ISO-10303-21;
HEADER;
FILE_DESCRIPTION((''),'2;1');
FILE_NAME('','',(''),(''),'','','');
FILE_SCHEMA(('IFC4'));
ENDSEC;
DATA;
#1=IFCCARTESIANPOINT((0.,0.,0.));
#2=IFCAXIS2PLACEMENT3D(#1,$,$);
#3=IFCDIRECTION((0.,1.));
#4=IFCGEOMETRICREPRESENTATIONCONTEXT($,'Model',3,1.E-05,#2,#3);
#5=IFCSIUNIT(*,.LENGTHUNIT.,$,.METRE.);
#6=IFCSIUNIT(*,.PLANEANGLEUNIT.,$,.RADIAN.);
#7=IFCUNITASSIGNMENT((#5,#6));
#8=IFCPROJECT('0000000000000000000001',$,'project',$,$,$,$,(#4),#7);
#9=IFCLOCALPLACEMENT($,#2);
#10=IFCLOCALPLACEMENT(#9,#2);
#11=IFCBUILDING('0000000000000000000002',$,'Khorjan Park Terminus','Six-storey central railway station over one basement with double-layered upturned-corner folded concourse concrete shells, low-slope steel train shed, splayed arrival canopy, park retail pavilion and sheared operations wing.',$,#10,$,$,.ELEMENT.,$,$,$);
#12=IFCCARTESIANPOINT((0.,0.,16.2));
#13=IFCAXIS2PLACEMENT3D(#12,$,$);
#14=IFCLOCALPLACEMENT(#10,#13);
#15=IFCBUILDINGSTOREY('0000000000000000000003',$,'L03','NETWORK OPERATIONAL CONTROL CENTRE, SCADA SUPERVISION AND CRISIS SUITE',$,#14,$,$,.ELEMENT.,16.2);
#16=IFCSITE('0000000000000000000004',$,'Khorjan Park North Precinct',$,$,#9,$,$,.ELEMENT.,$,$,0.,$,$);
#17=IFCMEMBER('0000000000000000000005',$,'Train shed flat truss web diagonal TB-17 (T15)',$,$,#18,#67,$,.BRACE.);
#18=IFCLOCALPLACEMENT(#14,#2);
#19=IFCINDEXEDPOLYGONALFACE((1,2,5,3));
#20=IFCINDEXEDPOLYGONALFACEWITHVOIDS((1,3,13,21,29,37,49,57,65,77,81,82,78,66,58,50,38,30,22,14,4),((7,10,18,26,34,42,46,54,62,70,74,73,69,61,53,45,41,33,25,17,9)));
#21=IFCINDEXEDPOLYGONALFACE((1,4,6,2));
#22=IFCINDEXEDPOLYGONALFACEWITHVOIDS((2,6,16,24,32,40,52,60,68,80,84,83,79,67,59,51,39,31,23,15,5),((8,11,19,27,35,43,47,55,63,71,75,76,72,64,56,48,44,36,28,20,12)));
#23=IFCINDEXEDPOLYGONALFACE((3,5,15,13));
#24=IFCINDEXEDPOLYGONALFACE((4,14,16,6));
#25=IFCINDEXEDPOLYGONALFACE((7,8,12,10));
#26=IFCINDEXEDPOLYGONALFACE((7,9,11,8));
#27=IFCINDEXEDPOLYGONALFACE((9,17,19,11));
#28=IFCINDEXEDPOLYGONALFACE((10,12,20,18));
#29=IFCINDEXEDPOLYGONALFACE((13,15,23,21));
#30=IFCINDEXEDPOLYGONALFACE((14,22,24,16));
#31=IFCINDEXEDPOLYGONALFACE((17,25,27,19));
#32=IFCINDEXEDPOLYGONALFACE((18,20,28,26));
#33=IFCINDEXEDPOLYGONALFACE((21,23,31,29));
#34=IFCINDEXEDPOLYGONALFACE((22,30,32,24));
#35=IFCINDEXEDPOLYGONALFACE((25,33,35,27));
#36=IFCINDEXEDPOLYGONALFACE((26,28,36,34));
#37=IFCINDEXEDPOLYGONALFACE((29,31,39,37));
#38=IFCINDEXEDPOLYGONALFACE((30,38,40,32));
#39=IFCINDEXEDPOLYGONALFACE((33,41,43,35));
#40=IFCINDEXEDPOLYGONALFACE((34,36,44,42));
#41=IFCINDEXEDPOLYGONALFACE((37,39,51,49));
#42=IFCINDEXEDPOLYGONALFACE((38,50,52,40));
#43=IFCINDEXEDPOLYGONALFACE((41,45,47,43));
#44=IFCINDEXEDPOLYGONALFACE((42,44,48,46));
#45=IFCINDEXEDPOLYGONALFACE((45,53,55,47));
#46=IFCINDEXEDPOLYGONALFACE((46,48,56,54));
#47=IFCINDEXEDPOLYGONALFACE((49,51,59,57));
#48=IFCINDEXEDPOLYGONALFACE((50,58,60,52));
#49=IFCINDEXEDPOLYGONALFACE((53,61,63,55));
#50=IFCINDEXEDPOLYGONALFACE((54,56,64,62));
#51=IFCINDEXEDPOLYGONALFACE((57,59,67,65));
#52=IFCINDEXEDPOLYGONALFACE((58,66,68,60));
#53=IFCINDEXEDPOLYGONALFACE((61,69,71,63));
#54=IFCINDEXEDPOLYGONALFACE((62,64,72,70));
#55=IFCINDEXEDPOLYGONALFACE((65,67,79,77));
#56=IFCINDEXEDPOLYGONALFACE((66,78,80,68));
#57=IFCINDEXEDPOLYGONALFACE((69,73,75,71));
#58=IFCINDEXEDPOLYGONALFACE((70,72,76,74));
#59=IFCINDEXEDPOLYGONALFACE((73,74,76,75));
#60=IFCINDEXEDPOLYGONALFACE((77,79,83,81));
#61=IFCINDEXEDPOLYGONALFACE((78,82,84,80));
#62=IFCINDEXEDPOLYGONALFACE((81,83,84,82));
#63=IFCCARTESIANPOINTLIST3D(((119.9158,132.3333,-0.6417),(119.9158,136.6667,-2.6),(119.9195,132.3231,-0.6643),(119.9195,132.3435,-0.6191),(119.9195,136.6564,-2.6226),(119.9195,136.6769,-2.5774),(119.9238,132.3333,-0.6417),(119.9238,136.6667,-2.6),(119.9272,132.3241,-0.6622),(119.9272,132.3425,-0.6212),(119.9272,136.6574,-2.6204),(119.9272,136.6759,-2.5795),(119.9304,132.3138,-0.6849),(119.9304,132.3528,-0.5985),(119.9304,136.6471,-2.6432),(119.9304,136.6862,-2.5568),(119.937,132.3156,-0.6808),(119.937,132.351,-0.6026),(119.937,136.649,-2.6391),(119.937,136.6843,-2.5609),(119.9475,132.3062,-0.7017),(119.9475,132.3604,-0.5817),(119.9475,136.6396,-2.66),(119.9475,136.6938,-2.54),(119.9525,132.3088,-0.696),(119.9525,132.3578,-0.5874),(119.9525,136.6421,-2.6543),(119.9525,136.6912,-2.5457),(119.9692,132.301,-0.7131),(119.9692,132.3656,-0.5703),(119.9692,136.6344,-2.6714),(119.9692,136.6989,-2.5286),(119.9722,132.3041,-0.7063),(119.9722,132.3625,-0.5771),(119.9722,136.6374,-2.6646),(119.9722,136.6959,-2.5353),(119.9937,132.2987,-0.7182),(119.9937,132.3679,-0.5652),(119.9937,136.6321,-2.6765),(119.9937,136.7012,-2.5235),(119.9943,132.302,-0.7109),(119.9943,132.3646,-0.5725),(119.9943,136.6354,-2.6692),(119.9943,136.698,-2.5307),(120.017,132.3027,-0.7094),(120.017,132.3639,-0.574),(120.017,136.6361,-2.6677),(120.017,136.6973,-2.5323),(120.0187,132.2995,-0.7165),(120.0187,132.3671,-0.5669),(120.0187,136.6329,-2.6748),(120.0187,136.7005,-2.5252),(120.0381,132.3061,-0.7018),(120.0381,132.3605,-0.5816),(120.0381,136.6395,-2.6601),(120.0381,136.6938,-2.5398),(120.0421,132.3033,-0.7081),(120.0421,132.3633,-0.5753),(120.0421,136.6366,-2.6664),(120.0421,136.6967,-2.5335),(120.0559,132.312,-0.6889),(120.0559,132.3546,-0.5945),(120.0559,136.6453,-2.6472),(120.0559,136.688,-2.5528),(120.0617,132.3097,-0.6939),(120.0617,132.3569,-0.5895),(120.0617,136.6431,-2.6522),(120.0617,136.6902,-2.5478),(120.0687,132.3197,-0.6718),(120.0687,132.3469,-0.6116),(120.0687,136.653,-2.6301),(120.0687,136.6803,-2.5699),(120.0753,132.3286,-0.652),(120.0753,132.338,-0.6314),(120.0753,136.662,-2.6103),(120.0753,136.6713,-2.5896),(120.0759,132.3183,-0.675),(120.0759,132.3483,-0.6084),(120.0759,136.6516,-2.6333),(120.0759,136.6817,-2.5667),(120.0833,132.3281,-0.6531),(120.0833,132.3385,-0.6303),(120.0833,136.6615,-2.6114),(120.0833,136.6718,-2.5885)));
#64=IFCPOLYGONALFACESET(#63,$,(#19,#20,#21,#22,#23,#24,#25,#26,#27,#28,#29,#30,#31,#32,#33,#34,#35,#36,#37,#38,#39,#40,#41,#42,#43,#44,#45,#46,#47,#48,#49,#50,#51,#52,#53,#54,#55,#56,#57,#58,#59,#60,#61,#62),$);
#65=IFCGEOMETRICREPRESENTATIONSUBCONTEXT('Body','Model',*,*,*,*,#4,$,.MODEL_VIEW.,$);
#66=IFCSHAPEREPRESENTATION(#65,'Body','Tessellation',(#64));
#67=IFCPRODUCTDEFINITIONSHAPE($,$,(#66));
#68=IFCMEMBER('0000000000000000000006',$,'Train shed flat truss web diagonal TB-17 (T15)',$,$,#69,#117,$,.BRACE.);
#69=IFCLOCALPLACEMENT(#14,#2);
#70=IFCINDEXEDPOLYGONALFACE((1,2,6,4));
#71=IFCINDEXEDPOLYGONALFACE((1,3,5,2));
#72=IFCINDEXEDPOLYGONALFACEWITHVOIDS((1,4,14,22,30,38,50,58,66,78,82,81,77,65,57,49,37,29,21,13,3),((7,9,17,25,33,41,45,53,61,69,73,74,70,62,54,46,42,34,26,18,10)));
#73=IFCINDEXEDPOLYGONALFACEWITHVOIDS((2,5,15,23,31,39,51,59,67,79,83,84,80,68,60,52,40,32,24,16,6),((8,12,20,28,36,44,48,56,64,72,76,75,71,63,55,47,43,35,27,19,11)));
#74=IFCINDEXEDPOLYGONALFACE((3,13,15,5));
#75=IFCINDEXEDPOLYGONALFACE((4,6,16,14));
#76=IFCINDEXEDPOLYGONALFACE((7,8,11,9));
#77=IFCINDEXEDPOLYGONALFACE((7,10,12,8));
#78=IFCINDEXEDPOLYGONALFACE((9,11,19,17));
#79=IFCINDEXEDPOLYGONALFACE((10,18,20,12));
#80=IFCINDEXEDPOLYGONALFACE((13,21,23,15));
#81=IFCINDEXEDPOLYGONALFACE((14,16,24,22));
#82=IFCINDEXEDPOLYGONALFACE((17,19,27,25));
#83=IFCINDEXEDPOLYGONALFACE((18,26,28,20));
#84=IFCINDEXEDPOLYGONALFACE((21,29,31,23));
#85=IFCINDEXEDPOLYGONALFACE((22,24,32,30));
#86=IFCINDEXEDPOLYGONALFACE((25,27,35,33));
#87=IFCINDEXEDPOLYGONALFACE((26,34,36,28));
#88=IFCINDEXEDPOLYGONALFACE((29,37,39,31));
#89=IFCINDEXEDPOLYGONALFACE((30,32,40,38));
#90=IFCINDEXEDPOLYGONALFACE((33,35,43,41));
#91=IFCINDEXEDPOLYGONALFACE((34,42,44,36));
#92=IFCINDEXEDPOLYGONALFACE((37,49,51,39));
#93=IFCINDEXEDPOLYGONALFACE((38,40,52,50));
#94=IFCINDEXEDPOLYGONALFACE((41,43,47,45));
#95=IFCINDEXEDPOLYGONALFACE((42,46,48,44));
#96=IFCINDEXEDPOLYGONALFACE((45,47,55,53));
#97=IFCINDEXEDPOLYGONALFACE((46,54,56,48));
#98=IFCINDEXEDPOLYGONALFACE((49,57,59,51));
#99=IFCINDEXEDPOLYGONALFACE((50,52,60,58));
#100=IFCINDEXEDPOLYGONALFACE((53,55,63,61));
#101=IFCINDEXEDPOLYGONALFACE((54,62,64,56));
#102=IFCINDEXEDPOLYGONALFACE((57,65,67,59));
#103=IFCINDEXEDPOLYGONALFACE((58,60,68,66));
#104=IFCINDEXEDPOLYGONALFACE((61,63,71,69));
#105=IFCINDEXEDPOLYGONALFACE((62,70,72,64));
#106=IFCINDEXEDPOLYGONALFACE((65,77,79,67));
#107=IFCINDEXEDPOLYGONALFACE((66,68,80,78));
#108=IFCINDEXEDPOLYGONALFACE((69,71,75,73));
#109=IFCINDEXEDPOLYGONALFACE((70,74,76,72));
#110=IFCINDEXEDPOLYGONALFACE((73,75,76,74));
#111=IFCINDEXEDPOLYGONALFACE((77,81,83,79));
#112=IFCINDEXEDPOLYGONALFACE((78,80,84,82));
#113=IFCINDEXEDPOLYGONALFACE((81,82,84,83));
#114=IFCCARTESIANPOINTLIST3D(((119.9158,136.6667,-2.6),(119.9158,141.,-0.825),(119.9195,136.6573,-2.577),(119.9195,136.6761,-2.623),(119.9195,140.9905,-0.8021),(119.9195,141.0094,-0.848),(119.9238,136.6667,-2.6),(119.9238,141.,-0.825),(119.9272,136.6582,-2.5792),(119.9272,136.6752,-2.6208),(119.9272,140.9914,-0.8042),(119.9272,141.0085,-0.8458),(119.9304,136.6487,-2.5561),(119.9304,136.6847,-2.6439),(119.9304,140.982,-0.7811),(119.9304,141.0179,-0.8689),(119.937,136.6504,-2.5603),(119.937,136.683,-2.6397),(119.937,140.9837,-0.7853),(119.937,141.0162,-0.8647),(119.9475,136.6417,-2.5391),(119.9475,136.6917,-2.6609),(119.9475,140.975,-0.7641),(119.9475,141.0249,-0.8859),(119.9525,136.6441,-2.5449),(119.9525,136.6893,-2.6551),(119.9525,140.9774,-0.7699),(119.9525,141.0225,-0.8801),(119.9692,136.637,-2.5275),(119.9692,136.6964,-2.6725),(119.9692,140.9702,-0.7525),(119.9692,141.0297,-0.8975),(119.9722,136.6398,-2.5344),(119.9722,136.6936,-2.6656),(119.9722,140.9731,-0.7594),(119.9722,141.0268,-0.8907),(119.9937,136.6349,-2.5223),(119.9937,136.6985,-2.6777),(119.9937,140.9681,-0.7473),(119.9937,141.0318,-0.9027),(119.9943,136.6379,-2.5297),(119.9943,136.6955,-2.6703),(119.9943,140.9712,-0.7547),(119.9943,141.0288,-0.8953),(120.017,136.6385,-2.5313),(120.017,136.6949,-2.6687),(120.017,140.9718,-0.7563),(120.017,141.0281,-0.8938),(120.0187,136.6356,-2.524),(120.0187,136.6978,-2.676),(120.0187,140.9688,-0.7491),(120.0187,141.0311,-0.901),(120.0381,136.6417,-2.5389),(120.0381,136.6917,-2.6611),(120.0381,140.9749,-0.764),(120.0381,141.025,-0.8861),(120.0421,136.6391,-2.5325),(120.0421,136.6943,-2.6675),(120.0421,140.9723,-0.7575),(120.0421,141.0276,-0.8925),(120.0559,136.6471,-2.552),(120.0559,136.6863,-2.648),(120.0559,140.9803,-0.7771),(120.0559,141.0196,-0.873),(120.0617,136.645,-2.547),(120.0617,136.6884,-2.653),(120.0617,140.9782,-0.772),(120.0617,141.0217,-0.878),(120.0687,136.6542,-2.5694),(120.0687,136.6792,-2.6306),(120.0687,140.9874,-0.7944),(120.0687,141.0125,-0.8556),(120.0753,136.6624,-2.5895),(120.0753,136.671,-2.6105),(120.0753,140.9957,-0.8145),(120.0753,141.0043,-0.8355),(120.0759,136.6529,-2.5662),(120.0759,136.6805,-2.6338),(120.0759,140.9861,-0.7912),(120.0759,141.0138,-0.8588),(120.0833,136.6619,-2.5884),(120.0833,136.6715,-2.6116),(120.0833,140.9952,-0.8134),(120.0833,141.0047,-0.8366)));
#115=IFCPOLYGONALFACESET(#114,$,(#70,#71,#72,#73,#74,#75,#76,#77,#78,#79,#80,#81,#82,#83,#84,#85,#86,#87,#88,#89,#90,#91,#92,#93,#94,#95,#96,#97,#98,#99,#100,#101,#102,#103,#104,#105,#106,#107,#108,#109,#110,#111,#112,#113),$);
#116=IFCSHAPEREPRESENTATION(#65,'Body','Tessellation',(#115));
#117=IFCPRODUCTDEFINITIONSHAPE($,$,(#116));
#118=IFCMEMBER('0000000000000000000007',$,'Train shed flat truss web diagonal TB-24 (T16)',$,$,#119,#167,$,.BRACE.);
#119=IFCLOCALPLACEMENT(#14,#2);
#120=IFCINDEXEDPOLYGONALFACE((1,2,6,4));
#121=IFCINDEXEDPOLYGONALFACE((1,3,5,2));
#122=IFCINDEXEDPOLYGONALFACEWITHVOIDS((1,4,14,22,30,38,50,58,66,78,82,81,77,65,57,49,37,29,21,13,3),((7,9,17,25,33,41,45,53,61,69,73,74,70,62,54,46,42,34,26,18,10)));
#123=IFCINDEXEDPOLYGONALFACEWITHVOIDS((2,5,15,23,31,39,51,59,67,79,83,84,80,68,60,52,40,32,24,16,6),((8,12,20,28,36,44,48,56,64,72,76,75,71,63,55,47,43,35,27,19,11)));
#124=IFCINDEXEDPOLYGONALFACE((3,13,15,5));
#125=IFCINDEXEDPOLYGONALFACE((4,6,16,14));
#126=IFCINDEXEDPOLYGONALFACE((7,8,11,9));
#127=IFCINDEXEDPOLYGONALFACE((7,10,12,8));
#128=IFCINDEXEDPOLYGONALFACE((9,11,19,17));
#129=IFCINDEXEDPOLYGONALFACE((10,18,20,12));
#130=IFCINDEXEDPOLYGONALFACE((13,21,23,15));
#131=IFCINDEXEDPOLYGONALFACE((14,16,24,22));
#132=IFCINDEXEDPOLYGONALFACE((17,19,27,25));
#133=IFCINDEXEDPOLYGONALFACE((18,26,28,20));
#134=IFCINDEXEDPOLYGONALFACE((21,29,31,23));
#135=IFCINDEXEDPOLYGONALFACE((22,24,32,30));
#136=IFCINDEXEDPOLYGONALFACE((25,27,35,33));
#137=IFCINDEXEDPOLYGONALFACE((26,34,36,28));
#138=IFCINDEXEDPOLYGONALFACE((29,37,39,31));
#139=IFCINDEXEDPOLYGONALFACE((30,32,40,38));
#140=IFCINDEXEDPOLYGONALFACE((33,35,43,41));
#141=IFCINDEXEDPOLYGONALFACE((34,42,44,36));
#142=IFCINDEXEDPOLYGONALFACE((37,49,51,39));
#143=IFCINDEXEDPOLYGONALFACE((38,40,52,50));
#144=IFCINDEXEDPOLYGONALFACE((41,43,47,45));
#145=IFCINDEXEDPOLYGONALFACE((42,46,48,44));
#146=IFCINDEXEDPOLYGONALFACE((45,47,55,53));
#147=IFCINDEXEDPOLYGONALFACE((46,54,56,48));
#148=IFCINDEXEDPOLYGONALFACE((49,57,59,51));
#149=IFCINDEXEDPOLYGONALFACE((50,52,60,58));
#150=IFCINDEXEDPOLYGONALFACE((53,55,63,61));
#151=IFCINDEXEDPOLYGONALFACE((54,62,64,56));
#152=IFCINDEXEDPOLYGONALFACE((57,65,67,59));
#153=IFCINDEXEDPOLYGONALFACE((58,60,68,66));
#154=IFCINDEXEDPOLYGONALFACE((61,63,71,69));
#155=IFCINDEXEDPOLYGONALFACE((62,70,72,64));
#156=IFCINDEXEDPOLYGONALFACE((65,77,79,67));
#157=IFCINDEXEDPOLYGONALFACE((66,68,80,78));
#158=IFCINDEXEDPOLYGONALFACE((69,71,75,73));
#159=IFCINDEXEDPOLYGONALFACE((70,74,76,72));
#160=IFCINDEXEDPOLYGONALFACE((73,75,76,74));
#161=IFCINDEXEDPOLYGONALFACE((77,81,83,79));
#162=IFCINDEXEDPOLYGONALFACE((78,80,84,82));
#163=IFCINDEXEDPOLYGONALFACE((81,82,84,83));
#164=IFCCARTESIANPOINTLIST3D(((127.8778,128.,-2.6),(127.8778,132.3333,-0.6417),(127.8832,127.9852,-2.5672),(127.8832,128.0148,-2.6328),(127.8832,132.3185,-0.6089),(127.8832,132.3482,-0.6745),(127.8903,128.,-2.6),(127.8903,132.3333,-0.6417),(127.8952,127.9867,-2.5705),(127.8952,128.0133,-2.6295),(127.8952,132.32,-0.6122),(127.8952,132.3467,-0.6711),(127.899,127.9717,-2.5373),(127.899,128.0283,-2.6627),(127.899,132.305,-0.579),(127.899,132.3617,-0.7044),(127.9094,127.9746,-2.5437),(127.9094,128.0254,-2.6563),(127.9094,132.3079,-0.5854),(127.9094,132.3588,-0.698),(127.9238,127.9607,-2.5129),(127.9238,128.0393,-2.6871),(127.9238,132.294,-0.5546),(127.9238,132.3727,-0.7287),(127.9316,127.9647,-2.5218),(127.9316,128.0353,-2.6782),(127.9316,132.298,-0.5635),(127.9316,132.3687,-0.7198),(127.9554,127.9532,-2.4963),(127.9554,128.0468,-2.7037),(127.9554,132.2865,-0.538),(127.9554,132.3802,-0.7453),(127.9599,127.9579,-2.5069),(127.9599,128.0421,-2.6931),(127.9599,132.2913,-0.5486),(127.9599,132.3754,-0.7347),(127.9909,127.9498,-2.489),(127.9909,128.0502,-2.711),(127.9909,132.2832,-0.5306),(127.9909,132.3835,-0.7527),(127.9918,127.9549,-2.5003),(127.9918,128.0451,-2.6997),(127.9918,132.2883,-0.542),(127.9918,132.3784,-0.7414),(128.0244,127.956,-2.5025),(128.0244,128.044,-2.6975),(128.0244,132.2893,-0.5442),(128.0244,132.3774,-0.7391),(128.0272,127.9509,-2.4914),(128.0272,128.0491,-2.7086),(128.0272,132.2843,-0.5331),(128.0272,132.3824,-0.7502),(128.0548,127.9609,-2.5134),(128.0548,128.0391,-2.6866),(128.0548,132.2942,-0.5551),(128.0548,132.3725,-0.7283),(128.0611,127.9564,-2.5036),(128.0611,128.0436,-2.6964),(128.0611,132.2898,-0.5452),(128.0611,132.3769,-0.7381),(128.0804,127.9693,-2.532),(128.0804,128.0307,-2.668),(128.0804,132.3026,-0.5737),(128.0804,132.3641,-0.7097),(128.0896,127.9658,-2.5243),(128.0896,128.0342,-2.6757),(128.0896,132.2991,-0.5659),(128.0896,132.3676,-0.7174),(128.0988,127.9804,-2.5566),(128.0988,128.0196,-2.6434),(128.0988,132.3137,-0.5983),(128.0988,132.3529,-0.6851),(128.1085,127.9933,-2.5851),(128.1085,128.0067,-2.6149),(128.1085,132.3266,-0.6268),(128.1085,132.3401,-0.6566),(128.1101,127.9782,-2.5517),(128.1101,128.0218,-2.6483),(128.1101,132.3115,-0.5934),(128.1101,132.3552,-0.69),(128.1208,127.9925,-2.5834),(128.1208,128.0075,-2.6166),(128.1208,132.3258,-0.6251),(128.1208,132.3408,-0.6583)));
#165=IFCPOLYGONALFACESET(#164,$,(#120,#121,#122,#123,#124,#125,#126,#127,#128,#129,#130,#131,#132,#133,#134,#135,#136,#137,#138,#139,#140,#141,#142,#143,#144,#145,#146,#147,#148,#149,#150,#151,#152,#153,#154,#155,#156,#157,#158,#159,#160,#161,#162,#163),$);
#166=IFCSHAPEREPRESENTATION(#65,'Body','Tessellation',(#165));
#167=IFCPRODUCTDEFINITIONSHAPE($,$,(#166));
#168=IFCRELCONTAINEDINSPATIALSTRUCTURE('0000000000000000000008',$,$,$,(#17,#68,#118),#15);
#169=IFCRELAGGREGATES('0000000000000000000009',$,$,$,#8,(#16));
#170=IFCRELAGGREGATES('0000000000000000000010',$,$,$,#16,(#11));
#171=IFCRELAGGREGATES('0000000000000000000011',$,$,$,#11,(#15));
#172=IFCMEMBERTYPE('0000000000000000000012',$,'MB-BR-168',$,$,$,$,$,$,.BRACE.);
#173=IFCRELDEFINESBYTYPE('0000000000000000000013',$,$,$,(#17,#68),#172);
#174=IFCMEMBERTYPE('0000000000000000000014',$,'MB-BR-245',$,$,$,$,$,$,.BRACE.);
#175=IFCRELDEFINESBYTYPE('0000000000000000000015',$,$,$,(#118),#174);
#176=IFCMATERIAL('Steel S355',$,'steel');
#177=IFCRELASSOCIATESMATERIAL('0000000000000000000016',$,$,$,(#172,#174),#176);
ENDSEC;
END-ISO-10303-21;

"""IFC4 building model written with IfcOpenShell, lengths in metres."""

from ifc_helpers import new_model, si_unit, direction, frame, origin, origin_2d, place, context, subcontext, project, spatial, hollow_circle, extrude, material, material_profile, profile_set, type_object, element, save


model = new_model("IFC4")

# Units and contexts
model_context = context("Model", 3, precision=1e-05, world=origin(), true_north=direction((0.0, 1.0)))
body_context = subcontext(model_context, "Body", "Model", "MODEL_VIEW")
ifc_project = project(units=[si_unit("LENGTHUNIT", "METRE"), si_unit("PLANEANGLEUNIT", "RADIAN")], contexts=[model_context])

# Site, building, storey
site_placement = place(None, origin())
site = spatial("IfcSite", under=ifc_project, at=site_placement, Name="Khorjan Park North Precinct", CompositionType="ELEMENT", RefElevation=0.0)
building_placement = place(site_placement, origin())
building = spatial("IfcBuilding", under=site, at=building_placement, Name="Khorjan Park Terminus", Description="Six-storey central railway station over one basement with double-layered upturned-corner folded concourse concrete shells, low-slope steel train shed, splayed arrival canopy, park retail pavilion and sheared operations wing.", CompositionType="ELEMENT")
storey_placement = place(building_placement, frame((0.0, 0.0, 16.2)))
storey = spatial("IfcBuildingStorey", under=building, at=storey_placement, Name="L03", Description="NETWORK OPERATIONAL CONTROL CENTRE, SCADA SUPERVISION AND CRISIS SUITE", CompositionType="ELEMENT", Elevation=16.2)

# Members
ifc_material_1 = material(Name="Steel S355", Category="steel")
ifc_material_profile_1 = material_profile(ifc_material_1, hollow_circle(Radius=0.0842, WallThickness=0.008, at=origin_2d()), Name="CHS 168.3x8")
ifc_profile_set_1 = profile_set([ifc_material_profile_1], Name="Steel S355")
member_type_1 = type_object("IfcMemberType", Name="MB-BR-168", PredefinedType="BRACE", material=ifc_profile_set_1)
member_1_placement = place(storey_placement, frame((120.0, 132.3333, -0.6417), z_axis=(0.0, 0.91127, -0.41181), x_axis=(-1.0, 0.0, 0.0)))
element("IfcMember", 1, at=member_1_placement, inside=storey, type_object=member_type_1, Name="Train shed flat truss web diagonal TB-17 (T15)", PredefinedType="BRACE", context=body_context, shape_type="SweptSolid", body=[
    extrude(hollow_circle(Radius=0.0842, WallThickness=0.008, at=origin_2d()), origin(), (0.0, 0.0, 1.0), 4.7553),
])
member_2_placement = place(storey_placement, frame((120.0, 136.6667, -2.6), z_axis=(0.0, 0.925376, 0.379051), x_axis=(-1.0, 0.0, 0.0)))
element("IfcMember", 2, at=member_2_placement, inside=storey, type_object=member_type_1, Name="Train shed flat truss web diagonal TB-17 (T15)", PredefinedType="BRACE", context=body_context, shape_type="SweptSolid", body=[
    extrude(hollow_circle(Radius=0.0842, WallThickness=0.008, at=origin_2d()), origin(), (0.0, 0.0, 1.0), 4.6827),
])
ifc_material_profile_2 = material_profile(ifc_material_1, hollow_circle(Radius=0.1222, WallThickness=0.0125, at=origin_2d()), Name="CHS 244.5x12.5")
ifc_profile_set_2 = profile_set([ifc_material_profile_2], Name="Steel S355")
member_type_2 = type_object("IfcMemberType", Name="MB-BR-245", PredefinedType="BRACE", material=ifc_profile_set_2)
for number, where, z_axis, x_axis, name in (
    (3, (128.0, 128.0, -2.6), (0.0, 0.911266, 0.411818), (-1.0, 0.0, 0.0), "Train shed flat truss web diagonal TB-24 (T16)"),
):
    element("IfcMember", number, at=place(storey_placement, frame(where, z_axis=z_axis, x_axis=x_axis)), inside=storey, type_object=member_type_2, Name=name, PredefinedType="BRACE", context=body_context, shape_type="SweptSolid", body=[
        extrude(hollow_circle(Radius=0.1222, WallThickness=0.0125, at=origin_2d()), origin(), (0.0, 0.0, 1.0), 4.7553),
    ])

save(model, "model.ifc")
